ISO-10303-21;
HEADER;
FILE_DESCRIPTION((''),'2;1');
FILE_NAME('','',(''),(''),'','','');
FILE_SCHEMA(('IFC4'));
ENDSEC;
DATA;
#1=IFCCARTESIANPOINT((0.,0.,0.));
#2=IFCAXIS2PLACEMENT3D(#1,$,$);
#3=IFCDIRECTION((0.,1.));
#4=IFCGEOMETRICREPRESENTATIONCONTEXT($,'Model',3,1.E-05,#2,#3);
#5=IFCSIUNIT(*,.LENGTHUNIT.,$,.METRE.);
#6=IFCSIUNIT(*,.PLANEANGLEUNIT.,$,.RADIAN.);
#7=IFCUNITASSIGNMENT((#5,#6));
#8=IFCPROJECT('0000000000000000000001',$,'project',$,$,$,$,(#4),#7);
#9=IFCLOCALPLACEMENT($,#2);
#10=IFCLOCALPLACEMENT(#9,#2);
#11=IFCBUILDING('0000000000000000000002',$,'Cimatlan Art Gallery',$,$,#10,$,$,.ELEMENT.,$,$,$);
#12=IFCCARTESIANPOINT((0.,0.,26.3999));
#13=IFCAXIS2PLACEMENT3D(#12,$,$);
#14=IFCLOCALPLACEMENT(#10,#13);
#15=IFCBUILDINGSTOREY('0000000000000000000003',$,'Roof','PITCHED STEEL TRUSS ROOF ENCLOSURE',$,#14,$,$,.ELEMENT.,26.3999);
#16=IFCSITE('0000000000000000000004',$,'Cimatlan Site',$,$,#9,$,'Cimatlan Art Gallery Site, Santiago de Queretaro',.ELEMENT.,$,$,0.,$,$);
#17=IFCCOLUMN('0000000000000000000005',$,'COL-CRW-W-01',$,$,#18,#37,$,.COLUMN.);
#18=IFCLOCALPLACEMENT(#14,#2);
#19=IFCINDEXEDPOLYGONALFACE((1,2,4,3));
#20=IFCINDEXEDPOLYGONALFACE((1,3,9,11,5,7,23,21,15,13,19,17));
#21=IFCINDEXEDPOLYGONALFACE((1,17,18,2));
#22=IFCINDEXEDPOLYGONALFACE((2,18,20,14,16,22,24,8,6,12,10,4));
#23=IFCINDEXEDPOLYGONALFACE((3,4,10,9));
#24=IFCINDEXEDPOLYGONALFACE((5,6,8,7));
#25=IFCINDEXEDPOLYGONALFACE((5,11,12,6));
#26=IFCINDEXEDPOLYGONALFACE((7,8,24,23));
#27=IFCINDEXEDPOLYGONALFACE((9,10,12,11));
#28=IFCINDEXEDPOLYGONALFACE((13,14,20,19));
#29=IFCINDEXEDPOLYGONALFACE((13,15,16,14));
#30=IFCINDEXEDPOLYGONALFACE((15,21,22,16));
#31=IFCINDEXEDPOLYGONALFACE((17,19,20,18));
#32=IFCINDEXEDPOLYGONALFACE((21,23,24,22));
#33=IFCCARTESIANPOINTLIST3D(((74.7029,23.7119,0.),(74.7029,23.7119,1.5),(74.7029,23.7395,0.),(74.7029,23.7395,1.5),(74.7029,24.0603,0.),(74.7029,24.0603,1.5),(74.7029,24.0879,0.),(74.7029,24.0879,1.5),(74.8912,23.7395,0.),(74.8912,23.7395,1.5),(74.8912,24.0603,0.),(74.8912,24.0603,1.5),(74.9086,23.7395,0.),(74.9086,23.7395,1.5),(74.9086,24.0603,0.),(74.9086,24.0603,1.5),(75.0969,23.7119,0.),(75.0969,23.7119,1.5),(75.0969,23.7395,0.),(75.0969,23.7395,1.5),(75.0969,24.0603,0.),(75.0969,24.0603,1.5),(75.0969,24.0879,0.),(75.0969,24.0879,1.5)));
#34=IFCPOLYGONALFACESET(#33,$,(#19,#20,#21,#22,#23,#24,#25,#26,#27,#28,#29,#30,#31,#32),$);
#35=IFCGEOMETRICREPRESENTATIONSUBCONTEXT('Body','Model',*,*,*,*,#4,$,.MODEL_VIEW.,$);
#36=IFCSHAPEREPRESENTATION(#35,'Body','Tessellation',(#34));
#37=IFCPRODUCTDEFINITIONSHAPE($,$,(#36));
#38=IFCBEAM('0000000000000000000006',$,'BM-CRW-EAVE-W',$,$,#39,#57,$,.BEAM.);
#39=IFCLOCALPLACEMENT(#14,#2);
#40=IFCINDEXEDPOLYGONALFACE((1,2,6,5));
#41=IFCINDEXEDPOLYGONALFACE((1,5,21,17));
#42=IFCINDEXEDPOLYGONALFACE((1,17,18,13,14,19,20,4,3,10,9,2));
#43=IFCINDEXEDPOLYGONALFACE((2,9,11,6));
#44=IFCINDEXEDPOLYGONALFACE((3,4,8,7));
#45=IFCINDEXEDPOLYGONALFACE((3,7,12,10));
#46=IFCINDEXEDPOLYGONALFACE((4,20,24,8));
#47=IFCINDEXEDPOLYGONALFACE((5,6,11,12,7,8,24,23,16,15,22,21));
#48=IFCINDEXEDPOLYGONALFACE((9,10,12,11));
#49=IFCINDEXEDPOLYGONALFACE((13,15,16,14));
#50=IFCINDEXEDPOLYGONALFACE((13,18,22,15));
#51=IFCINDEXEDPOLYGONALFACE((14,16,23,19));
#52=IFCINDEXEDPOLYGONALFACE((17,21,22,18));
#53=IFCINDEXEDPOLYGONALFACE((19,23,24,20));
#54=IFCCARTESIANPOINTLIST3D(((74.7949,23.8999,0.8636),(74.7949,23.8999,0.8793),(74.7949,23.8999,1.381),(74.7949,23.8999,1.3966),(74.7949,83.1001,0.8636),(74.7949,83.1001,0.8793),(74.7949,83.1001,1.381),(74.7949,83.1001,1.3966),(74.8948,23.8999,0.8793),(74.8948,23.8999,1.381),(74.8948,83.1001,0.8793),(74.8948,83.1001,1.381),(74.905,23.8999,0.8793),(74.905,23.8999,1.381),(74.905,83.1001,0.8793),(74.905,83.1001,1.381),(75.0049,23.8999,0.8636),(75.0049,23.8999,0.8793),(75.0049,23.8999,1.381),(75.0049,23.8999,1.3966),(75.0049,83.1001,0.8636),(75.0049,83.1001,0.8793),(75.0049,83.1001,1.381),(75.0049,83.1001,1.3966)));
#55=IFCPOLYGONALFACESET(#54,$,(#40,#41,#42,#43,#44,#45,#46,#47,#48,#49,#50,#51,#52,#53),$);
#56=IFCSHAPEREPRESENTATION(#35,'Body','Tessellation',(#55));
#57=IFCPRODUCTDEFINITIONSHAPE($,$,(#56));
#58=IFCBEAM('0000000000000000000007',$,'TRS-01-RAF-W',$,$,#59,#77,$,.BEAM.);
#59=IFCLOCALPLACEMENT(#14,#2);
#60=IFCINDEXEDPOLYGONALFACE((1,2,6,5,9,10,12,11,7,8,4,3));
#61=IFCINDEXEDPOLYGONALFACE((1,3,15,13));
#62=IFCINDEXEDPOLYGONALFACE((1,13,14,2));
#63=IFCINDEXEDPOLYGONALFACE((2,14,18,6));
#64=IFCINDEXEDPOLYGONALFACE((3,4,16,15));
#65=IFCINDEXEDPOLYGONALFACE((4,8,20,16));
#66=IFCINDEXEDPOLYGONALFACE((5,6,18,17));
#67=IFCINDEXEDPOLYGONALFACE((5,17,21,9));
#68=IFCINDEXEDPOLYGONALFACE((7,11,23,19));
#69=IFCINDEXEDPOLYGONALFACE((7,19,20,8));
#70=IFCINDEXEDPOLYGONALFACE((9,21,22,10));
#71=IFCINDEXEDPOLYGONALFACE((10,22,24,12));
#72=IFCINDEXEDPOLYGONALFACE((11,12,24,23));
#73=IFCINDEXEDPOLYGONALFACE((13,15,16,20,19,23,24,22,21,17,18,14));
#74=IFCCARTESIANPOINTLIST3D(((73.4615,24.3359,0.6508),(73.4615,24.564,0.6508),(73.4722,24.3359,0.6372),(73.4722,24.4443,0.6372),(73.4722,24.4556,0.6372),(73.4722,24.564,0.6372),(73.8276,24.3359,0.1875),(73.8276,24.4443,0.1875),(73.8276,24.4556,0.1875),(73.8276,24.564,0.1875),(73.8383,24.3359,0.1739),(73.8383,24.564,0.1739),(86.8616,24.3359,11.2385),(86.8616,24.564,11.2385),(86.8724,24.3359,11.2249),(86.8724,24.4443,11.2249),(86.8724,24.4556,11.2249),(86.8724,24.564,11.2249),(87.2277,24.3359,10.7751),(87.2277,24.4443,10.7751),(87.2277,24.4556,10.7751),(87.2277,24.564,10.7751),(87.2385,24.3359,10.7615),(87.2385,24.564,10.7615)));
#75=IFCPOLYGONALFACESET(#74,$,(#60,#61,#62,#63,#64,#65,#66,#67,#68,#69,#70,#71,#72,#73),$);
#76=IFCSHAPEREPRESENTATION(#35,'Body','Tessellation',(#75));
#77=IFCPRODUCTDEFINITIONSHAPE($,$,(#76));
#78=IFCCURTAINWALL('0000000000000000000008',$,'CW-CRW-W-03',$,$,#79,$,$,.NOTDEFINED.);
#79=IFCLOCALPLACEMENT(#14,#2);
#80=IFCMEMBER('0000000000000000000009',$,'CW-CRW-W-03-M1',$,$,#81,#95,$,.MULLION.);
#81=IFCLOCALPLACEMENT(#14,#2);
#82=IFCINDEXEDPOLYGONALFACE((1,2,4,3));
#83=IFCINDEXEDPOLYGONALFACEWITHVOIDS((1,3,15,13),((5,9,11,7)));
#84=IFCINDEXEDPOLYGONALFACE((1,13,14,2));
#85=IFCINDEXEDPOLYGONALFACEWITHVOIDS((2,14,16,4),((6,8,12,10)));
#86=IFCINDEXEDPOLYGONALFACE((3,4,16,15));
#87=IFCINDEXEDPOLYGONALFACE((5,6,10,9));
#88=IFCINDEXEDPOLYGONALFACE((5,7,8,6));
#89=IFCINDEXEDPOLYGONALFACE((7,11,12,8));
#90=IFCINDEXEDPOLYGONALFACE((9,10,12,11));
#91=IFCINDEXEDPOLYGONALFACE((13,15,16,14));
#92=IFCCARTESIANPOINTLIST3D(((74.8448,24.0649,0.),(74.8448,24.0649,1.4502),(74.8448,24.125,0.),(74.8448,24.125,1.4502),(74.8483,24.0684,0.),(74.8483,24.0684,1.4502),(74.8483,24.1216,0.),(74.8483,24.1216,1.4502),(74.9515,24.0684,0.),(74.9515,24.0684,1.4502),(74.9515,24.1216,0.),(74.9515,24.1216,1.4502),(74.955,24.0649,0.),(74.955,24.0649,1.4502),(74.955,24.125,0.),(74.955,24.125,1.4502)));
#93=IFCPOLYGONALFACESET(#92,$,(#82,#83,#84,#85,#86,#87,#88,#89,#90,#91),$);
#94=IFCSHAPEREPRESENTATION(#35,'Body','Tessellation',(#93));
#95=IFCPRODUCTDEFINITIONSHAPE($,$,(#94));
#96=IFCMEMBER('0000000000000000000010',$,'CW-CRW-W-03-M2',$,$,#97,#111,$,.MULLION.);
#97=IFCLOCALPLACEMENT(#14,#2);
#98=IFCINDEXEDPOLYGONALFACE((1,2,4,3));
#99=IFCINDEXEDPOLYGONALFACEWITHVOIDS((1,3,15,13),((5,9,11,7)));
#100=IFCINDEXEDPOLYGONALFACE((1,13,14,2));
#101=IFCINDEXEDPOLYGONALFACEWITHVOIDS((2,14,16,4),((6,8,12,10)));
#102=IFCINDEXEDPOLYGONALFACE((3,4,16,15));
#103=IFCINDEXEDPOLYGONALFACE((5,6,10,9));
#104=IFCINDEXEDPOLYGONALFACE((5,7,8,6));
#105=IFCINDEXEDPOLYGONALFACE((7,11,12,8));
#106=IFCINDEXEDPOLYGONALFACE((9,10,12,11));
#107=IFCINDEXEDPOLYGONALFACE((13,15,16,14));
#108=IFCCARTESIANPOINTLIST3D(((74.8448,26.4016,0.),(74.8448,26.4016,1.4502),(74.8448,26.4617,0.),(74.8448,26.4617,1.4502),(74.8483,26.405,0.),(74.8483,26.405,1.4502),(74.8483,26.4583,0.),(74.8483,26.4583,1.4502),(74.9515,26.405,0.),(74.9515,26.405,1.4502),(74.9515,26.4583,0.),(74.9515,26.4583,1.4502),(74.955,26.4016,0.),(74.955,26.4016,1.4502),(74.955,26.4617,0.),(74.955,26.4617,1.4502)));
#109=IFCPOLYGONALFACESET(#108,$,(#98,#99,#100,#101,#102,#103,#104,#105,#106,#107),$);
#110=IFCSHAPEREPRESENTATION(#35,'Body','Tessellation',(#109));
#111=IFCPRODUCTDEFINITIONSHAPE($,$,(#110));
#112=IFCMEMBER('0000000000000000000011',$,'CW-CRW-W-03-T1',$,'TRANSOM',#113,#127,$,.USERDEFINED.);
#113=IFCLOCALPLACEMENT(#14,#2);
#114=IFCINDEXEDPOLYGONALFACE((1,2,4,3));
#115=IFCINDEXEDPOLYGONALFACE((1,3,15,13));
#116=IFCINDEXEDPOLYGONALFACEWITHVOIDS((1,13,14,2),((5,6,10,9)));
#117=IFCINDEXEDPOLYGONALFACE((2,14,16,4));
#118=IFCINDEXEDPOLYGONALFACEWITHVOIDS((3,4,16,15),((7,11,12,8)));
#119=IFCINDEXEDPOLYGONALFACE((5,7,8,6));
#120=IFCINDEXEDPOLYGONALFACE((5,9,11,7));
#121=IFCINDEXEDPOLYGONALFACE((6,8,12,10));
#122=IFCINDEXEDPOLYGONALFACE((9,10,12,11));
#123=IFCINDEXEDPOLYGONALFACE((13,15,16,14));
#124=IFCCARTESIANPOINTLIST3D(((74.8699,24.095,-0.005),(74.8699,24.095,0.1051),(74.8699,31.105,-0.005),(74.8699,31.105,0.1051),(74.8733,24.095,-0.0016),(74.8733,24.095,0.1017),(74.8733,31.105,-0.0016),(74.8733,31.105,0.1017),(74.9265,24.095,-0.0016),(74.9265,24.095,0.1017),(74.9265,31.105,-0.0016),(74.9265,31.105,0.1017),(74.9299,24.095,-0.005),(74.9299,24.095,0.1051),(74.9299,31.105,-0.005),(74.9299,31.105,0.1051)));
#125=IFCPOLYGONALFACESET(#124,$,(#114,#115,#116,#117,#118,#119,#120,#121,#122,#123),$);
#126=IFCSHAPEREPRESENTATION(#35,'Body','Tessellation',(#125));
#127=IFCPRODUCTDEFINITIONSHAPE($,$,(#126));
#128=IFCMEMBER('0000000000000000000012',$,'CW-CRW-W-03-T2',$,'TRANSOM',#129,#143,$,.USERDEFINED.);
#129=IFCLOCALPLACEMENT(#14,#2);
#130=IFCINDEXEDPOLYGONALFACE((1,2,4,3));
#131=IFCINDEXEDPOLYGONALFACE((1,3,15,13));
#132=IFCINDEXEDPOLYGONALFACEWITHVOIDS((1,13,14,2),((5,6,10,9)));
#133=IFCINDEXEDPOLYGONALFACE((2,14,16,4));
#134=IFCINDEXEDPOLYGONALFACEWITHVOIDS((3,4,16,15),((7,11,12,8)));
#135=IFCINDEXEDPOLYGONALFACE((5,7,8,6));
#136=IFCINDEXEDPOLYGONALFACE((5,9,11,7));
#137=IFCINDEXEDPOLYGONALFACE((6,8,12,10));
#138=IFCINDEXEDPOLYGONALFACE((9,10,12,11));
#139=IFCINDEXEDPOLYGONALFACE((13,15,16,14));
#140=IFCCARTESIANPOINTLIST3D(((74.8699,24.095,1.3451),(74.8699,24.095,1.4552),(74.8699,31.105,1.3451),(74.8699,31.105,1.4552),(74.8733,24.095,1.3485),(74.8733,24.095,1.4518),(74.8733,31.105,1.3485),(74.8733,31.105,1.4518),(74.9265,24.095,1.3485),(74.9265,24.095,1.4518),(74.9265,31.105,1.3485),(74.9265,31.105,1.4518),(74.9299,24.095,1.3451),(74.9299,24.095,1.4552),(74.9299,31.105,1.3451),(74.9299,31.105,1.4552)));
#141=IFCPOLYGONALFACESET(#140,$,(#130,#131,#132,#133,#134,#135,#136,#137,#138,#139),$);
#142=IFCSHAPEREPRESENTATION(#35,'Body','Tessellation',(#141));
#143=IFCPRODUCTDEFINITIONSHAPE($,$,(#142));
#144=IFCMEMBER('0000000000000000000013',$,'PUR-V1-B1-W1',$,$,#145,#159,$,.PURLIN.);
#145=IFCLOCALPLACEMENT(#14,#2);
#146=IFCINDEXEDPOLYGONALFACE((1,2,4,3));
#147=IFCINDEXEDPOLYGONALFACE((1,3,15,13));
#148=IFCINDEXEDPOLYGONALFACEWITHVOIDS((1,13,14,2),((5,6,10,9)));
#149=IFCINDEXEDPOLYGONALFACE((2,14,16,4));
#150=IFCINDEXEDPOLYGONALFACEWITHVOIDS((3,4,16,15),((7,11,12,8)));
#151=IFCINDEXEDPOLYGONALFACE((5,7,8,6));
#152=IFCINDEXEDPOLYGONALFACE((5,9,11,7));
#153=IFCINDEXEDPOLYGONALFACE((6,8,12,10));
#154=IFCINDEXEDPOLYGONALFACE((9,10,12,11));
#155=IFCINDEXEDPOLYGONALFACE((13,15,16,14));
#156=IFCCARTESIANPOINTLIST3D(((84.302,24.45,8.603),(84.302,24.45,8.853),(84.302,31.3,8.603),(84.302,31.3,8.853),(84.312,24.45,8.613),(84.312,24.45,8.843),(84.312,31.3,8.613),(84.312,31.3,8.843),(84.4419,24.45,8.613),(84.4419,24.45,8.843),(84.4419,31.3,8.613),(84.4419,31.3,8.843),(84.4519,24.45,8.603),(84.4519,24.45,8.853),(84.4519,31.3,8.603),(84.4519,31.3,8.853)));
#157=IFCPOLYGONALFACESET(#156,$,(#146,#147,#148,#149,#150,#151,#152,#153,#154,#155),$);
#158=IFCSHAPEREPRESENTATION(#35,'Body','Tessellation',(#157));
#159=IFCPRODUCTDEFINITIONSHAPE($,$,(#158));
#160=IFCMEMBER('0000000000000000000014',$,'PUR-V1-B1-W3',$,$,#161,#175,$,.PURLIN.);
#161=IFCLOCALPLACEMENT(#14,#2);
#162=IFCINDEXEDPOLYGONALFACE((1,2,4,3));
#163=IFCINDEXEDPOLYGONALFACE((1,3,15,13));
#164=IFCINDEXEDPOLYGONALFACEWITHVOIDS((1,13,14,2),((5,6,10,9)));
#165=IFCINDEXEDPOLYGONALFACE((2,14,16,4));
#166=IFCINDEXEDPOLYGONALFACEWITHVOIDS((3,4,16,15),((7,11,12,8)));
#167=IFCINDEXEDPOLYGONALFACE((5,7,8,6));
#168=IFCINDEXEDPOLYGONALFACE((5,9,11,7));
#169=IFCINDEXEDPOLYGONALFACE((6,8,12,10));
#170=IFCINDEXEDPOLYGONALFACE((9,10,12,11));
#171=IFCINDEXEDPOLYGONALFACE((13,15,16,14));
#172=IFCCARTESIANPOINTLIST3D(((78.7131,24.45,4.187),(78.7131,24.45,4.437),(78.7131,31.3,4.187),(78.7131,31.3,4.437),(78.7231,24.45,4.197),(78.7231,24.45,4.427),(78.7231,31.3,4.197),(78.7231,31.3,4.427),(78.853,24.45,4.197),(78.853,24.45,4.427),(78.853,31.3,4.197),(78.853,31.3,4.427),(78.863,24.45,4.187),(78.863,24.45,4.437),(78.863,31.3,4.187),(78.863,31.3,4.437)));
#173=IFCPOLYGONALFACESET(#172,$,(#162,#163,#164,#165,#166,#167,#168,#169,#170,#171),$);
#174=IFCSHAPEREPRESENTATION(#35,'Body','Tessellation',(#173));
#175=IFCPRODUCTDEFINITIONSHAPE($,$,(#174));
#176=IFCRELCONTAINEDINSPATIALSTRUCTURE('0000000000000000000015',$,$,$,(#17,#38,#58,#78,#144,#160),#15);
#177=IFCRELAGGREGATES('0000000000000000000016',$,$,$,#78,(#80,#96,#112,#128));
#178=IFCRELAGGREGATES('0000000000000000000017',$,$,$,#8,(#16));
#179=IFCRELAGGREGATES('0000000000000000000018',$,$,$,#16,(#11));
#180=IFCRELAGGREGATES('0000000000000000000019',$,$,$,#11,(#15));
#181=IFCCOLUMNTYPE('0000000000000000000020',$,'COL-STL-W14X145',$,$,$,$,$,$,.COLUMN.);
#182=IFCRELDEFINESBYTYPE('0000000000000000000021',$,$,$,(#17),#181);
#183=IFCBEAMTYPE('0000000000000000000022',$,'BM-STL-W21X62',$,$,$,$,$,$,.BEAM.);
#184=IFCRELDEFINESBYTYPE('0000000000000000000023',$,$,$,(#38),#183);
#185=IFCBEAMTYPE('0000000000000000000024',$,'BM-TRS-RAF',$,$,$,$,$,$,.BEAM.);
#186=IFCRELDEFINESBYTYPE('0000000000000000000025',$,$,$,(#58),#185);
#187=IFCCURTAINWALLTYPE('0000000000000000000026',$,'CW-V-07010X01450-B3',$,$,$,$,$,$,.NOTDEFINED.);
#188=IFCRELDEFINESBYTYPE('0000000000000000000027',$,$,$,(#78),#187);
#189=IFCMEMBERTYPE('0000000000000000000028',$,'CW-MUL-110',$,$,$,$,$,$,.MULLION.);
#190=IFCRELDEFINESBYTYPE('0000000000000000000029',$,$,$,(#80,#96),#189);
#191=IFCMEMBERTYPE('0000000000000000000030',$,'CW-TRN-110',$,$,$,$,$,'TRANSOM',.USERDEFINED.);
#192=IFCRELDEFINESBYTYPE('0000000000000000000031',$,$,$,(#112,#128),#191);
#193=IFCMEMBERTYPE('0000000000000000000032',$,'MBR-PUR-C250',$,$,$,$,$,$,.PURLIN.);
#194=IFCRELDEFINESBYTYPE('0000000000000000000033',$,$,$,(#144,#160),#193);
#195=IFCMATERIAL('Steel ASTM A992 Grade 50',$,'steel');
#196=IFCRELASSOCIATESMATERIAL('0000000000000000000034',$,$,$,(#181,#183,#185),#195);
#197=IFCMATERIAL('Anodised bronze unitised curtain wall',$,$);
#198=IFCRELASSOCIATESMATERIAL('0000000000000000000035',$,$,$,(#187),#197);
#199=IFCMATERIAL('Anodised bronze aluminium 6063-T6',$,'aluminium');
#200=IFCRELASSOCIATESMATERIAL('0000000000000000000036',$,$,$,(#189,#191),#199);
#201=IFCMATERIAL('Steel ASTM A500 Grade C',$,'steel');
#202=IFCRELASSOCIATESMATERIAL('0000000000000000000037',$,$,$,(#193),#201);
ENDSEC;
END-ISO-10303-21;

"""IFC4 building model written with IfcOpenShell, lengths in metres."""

from ifc_helpers import new_model, si_unit, direction, frame, origin, origin_2d, place, context, subcontext, project, spatial, hollow_rectangle, i_section, extrude, material, material_profile, profile_set, type_object, element, aggregate, save


model = new_model("IFC4")

# Units and contexts
model_context = context("Model", 3, precision=1e-05, world=origin(), true_north=direction((0.0, 1.0)))
body_context = subcontext(model_context, "Body", "Model", "MODEL_VIEW")
ifc_project = project(units=[si_unit("LENGTHUNIT", "METRE"), si_unit("PLANEANGLEUNIT", "RADIAN")], contexts=[model_context])

# Site, building, storey
site_placement = place(None, origin())
site = spatial("IfcSite", under=ifc_project, at=site_placement, Name="Cimatlan Site", LongName="Cimatlan Art Gallery Site, Santiago de Queretaro", CompositionType="ELEMENT", RefElevation=0.0)
building_placement = place(site_placement, origin())
building = spatial("IfcBuilding", under=site, at=building_placement, Name="Cimatlan Art Gallery", CompositionType="ELEMENT")
storey_placement = place(building_placement, frame((0.0, 0.0, 26.3999)))
storey = spatial("IfcBuildingStorey", under=building, at=storey_placement, Name="Roof", Description="PITCHED STEEL TRUSS ROOF ENCLOSURE", CompositionType="ELEMENT", Elevation=26.3999)

# Column
ifc_material_1 = material(Name="Steel ASTM A992 Grade 50", Category="steel")
ifc_material_profile_1 = material_profile(ifc_material_1, i_section(OverallWidth=0.394, OverallDepth=0.376, WebThickness=0.0173, FlangeThickness=0.0276, at=origin_2d()), Name="W14X145")
ifc_profile_set_1 = profile_set([ifc_material_profile_1], Name="Steel ASTM A992 Grade 50")
column_type = type_object("IfcColumnType", Name="COL-STL-W14X145", PredefinedType="COLUMN", material=ifc_profile_set_1)
column_placement = place(storey_placement, frame((74.8999, 23.8999, 0.0), z_axis=(0.0, 0.0, 1.0), x_axis=(1.0, 0.0, 0.0)))
element("IfcColumn", 1, at=column_placement, inside=storey, type_object=column_type, Name="COL-CRW-W-01", PredefinedType="COLUMN", context=body_context, shape_type="SweptSolid", body=[
    extrude(i_section(OverallWidth=0.394, OverallDepth=0.376, WebThickness=0.0173, FlangeThickness=0.0276, at=origin_2d()), origin(), (0.0, 0.0, 1.0), 1.5),
])

# Beams
ifc_material_profile_2 = material_profile(ifc_material_1, i_section(OverallWidth=0.21, OverallDepth=0.533, WebThickness=0.0103, FlangeThickness=0.0156, at=origin_2d()), Name="W21X62")
ifc_profile_set_2 = profile_set([ifc_material_profile_2], Name="Steel ASTM A992 Grade 50")
beam_type_1 = type_object("IfcBeamType", Name="BM-STL-W21X62", PredefinedType="BEAM", material=ifc_profile_set_2)
beam_1_placement = place(storey_placement, frame((74.8999, 23.8999, 1.1301), z_axis=(0.0, 1.0, 0.0), x_axis=(-1.0, 0.0, 0.0)))
element("IfcBeam", 2, at=beam_1_placement, inside=storey, type_object=beam_type_1, Name="BM-CRW-EAVE-W", PredefinedType="BEAM", context=body_context, shape_type="SweptSolid", body=[
    extrude(i_section(OverallWidth=0.21, OverallDepth=0.533, WebThickness=0.0103, FlangeThickness=0.0156, at=origin_2d()), origin(), (0.0, 0.0, 1.0), 59.2002),
])
ifc_material_profile_3 = material_profile(ifc_material_1, i_section(OverallWidth=0.228, OverallDepth=0.6079, WebThickness=0.0112, FlangeThickness=0.0173, at=origin_2d()), Name="W24X76")
ifc_profile_set_3 = profile_set([ifc_material_profile_3], Name="Steel ASTM A992 Grade 50")
beam_type_2 = type_object("IfcBeamType", Name="BM-TRS-RAF", PredefinedType="BEAM", material=ifc_profile_set_3)
beam_2_placement = place(storey_placement, frame((73.6499, 24.45, 0.4124), z_axis=(0.784638, 0.0, 0.619954), x_axis=(0.0, 1.0, 0.0)))
element("IfcBeam", 3, at=beam_2_placement, inside=storey, type_object=beam_type_2, Name="TRS-01-RAF-W", PredefinedType="BEAM", context=body_context, shape_type="SweptSolid", body=[
    extrude(i_section(OverallWidth=0.228, OverallDepth=0.6079, WebThickness=0.0112, FlangeThickness=0.0173, at=origin_2d()), origin(), (0.0, 0.0, 1.0), 17.0781),
])

# Curtain wall, members
ifc_material_2 = material(Name="Anodised bronze unitised curtain wall")
curtain_wall_type = type_object("IfcCurtainWallType", Name="CW-V-07010X01450-B3", PredefinedType="NOTDEFINED", material=ifc_material_2)
curtain_wall_placement = place(storey_placement, origin())
curtain_wall = element("IfcCurtainWall", 4, at=curtain_wall_placement, inside=storey, type_object=curtain_wall_type, Name="CW-CRW-W-03", PredefinedType="NOTDEFINED")
ifc_material_3 = material(Name="Anodised bronze aluminium 6063-T6", Category="aluminium")
ifc_material_profile_4 = material_profile(ifc_material_3, hollow_rectangle(XDim=0.0601, YDim=0.1101, WallThickness=0.0034, at=origin_2d()), Name="ALU60X110X3")
ifc_profile_set_4 = profile_set([ifc_material_profile_4], Name="Anodised bronze aluminium 6063-T6")
member_type_1 = type_object("IfcMemberType", Name="CW-MUL-110", PredefinedType="MULLION", material=ifc_profile_set_4)
member_1_placement = place(storey_placement, frame((74.8999, 24.095, 0.0), z_axis=(0.0, 0.0, 1.0), x_axis=(0.0, 1.0, 0.0)))
member_1 = element("IfcMember", 5, at=member_1_placement, type_object=member_type_1, Name="CW-CRW-W-03-M1", PredefinedType="MULLION", context=body_context, shape_type="SweptSolid", body=[
    extrude(hollow_rectangle(XDim=0.0601, YDim=0.1101, WallThickness=0.0034, at=origin_2d()), origin(), (0.0, 0.0, 1.0), 1.4502),
])
member_2_placement = place(storey_placement, frame((74.8999, 26.4316, 0.0), z_axis=(0.0, 0.0, 1.0), x_axis=(0.0, 1.0, 0.0)))
member_2 = element("IfcMember", 6, at=member_2_placement, type_object=member_type_1, Name="CW-CRW-W-03-M2", PredefinedType="MULLION", context=body_context, shape_type="SweptSolid", body=[
    extrude(hollow_rectangle(XDim=0.0601, YDim=0.1101, WallThickness=0.0034, at=origin_2d()), origin(), (0.0, 0.0, 1.0), 1.4502),
])
ifc_material_profile_5 = material_profile(ifc_material_3, hollow_rectangle(XDim=0.0601, YDim=0.1101, WallThickness=0.0034, at=origin_2d()), Name="ALU60X110X3")
ifc_profile_set_5 = profile_set([ifc_material_profile_5], Name="Anodised bronze aluminium 6063-T6")
member_type_2 = type_object("IfcMemberType", Name="CW-TRN-110", ElementType="TRANSOM", PredefinedType="USERDEFINED", material=ifc_profile_set_5)
member_3_placement = place(storey_placement, frame((74.8999, 24.095, 0.05), z_axis=(0.0, 1.0, 0.0), x_axis=(-1.0, 0.0, 0.0)))
member_3 = element("IfcMember", 7, at=member_3_placement, type_object=member_type_2, Name="CW-CRW-W-03-T1", ObjectType="TRANSOM", PredefinedType="USERDEFINED", context=body_context, shape_type="SweptSolid", body=[
    extrude(hollow_rectangle(XDim=0.0601, YDim=0.1101, WallThickness=0.0034, at=origin_2d()), origin(), (0.0, 0.0, 1.0), 7.01),
])
member_4_placement = place(storey_placement, frame((74.8999, 24.095, 1.4001), z_axis=(0.0, 1.0, 0.0), x_axis=(-1.0, 0.0, 0.0)))
member_4 = element("IfcMember", 8, at=member_4_placement, type_object=member_type_2, Name="CW-CRW-W-03-T2", ObjectType="TRANSOM", PredefinedType="USERDEFINED", context=body_context, shape_type="SweptSolid", body=[
    extrude(hollow_rectangle(XDim=0.0601, YDim=0.1101, WallThickness=0.0034, at=origin_2d()), origin(), (0.0, 0.0, 1.0), 7.01),
])

# Members
ifc_material_4 = material(Name="Steel ASTM A500 Grade C", Category="steel")
ifc_material_profile_6 = material_profile(ifc_material_4, hollow_rectangle(XDim=0.1499, YDim=0.25, WallThickness=0.01, at=origin_2d()), Name="HSS250X150X10")
ifc_profile_set_6 = profile_set([ifc_material_profile_6], Name="Steel ASTM A500 Grade C")
member_type_3 = type_object("IfcMemberType", Name="MBR-PUR-C250", PredefinedType="PURLIN", material=ifc_profile_set_6)
for number, where, z_axis, x_axis, name in (
    (9, (84.377, 24.45, 8.728), (0.0, 1.0, 0.0), (-1.0, 0.0, 0.0), "PUR-V1-B1-W1"),
    (10, (78.7881, 24.45, 4.312), (0.0, 1.0, 0.0), (-1.0, 0.0, 0.0), "PUR-V1-B1-W3"),
):
    element("IfcMember", number, at=place(storey_placement, frame(where, z_axis=z_axis, x_axis=x_axis)), inside=storey, type_object=member_type_3, Name=name, PredefinedType="PURLIN", context=body_context, shape_type="SweptSolid", body=[
        extrude(hollow_rectangle(XDim=0.1499, YDim=0.25, WallThickness=0.01, at=origin_2d()), origin(), (0.0, 0.0, 1.0), 6.8501),
    ])

aggregate(curtain_wall, [member_1, member_2, member_3, member_4])

save(model, "model.ifc")
